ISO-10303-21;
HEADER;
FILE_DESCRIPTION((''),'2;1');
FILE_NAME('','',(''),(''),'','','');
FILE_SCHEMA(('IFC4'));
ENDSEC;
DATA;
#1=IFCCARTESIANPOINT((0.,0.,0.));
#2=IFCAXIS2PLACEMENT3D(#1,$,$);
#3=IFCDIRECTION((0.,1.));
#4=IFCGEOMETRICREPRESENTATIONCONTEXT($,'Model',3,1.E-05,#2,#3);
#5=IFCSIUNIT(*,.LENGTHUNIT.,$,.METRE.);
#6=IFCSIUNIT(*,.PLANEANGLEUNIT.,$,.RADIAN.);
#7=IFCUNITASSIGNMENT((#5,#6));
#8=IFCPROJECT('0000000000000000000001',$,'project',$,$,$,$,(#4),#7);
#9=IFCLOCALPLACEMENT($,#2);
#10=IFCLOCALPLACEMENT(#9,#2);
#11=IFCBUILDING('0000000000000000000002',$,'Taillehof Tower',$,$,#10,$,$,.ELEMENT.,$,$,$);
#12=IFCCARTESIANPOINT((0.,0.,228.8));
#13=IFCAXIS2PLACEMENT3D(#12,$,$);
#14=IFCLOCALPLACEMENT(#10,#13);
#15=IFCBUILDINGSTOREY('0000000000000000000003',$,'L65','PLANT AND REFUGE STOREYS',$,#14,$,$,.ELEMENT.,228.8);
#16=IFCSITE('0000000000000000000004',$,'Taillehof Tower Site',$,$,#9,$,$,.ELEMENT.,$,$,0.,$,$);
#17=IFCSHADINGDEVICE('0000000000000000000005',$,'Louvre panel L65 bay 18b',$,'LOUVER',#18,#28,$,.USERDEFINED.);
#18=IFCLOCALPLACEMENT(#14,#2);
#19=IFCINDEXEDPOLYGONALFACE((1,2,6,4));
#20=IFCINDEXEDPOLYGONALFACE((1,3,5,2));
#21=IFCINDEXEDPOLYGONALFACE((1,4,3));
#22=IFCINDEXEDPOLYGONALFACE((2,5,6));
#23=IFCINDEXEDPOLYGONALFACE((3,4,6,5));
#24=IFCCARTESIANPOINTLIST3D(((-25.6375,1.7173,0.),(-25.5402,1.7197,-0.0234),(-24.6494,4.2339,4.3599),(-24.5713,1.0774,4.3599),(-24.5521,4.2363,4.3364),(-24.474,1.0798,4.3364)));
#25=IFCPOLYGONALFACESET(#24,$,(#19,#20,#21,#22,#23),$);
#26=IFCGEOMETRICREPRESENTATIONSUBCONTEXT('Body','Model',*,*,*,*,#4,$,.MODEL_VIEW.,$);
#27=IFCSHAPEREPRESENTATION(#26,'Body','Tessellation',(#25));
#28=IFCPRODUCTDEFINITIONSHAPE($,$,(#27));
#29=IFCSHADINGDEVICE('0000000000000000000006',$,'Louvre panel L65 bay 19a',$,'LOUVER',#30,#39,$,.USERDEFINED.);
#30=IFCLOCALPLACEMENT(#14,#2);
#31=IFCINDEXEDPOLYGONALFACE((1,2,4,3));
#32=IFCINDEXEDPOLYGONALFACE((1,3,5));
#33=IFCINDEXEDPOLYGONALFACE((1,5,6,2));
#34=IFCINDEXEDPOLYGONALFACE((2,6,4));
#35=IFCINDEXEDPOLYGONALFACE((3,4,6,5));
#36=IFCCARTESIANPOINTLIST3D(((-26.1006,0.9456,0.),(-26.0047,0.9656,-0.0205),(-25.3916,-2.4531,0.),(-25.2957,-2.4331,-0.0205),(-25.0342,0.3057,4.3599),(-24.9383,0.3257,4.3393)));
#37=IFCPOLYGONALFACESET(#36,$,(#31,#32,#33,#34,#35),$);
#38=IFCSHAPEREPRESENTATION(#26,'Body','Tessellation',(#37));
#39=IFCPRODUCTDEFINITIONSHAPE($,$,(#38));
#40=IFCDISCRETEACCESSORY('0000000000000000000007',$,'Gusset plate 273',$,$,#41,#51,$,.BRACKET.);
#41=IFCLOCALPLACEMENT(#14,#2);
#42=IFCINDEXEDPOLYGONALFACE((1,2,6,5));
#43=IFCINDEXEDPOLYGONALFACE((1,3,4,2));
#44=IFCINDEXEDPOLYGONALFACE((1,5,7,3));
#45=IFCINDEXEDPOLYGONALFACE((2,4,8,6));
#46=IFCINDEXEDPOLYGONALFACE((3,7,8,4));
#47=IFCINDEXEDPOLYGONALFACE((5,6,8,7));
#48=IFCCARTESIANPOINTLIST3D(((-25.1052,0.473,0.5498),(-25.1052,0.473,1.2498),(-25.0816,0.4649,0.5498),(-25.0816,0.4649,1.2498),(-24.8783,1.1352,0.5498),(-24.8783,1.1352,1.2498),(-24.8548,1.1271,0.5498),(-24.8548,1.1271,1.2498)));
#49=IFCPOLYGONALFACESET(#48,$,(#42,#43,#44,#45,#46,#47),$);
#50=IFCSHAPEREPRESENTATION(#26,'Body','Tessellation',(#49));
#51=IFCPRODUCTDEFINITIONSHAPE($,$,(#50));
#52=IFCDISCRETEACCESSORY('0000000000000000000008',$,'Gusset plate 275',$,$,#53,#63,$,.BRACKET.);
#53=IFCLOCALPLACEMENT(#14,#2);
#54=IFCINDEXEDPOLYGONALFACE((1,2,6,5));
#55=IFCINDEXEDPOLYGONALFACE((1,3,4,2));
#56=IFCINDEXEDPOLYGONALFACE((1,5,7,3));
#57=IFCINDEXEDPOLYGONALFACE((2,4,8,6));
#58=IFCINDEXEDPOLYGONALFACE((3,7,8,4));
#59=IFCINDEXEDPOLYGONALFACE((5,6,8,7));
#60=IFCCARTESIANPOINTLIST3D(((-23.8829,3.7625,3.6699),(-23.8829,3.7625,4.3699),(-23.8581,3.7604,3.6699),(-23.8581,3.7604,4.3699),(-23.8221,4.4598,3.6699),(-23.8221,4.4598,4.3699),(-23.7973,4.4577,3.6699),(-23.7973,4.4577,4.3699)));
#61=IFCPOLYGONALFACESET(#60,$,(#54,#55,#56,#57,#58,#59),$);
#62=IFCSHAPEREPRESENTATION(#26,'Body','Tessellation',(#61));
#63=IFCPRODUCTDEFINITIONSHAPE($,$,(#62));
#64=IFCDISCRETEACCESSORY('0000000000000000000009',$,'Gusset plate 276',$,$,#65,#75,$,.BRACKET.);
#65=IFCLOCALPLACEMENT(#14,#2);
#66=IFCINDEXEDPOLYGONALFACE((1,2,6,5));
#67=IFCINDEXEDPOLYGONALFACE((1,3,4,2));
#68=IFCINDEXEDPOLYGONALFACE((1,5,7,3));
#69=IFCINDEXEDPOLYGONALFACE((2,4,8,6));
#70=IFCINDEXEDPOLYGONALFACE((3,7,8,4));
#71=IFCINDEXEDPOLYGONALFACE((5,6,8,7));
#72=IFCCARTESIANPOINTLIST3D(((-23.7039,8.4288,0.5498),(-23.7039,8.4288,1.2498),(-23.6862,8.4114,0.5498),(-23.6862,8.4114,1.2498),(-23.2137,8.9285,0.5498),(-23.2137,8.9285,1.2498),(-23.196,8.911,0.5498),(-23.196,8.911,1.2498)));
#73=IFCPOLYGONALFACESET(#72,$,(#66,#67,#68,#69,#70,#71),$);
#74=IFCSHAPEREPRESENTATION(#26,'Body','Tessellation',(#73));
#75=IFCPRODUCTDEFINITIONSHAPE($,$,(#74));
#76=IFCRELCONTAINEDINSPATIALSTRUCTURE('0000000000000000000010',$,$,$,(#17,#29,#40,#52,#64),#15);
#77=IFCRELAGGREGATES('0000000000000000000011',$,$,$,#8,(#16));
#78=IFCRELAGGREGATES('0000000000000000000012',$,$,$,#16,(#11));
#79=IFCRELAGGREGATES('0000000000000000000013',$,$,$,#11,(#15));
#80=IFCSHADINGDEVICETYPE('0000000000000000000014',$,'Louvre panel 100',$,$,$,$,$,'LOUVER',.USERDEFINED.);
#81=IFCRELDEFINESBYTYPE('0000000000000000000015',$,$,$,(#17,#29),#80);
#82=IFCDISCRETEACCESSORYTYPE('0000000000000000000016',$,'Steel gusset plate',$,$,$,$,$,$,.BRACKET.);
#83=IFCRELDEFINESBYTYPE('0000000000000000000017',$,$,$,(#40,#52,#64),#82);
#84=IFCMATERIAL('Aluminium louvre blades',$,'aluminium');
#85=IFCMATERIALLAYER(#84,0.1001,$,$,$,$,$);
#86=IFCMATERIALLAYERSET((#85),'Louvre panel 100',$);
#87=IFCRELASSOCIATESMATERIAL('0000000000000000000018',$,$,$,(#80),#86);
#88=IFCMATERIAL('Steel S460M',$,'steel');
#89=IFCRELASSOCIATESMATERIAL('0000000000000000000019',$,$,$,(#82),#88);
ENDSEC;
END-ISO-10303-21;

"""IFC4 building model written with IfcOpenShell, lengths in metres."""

from ifc_helpers import new_model, si_unit, direction, frame, origin, origin_2d, place, context, subcontext, project, spatial, polyline, rectangle, outline, extrude, material, layer, layer_set, type_object, element, save


model = new_model("IFC4")

# Units and contexts
model_context = context("Model", 3, precision=1e-05, world=origin(), true_north=direction((0.0, 1.0)))
body_context = subcontext(model_context, "Body", "Model", "MODEL_VIEW")
ifc_project = project(units=[si_unit("LENGTHUNIT", "METRE"), si_unit("PLANEANGLEUNIT", "RADIAN")], contexts=[model_context])

# Site, building, storey
site_placement = place(None, origin())
site = spatial("IfcSite", under=ifc_project, at=site_placement, Name="Taillehof Tower Site", CompositionType="ELEMENT", RefElevation=0.0)
building_placement = place(site_placement, origin())
building = spatial("IfcBuilding", under=site, at=building_placement, Name="Taillehof Tower", CompositionType="ELEMENT")
storey_placement = place(building_placement, frame((0.0, 0.0, 228.8)))
storey = spatial("IfcBuildingStorey", under=building, at=storey_placement, Name="L65", Description="PLANT AND REFUGE STOREYS", CompositionType="ELEMENT", Elevation=228.8)

# Shading devices
ifc_material_1 = material(Name="Aluminium louvre blades", Category="aluminium")
ifc_layer_1 = layer(ifc_material_1, 0.1001)
ifc_layer_set_1 = layer_set([ifc_layer_1], Name="Louvre panel 100")
shading_device_type = type_object("IfcShadingDeviceType", Name="Louvre panel 100", ElementType="LOUVER", PredefinedType="USERDEFINED", material=ifc_layer_set_1)
shading_device_1_placement = place(storey_placement, frame((-25.6375, 1.7173, 0.0), z_axis=(-0.971905, -0.024055, 0.234139), x_axis=(0.235163, -0.141141, 0.961654)))
element("IfcShadingDevice", 1, at=shading_device_1_placement, inside=storey, type_object=shading_device_type, Name="Louvre panel L65 bay 18b", ObjectType="LOUVER", PredefinedType="USERDEFINED", context=body_context, shape_type="SweptSolid", body=[
    extrude(outline(polyline([(0.0, 0.0), (4.5337, 0.0), (4.0698, 3.1232), (0.0, 0.0)])), origin(), (0.0, 0.0, -1.0), 0.1001),
])
shading_device_2_placement = place(storey_placement, frame((-26.1006, 0.9456, 0.0), z_axis=(-0.958132, -0.199872, 0.205021), x_axis=(0.20421, -0.978927, 0.0)))
element("IfcShadingDevice", 2, at=shading_device_2_placement, inside=storey, type_object=shading_device_type, Name="Louvre panel L65 bay 19a", ObjectType="LOUVER", PredefinedType="USERDEFINED", context=body_context, shape_type="SweptSolid", body=[
    extrude(outline(polyline([(0.0, 0.0), (3.4718, 0.0), (0.8442, 4.4545), (0.0, 0.0)])), origin(), (0.0, 0.0, -1.0), 0.1001),
])

# Discrete accessories
ifc_material_2 = material(Name="Steel S460M", Category="steel")
discrete_accessory_type = type_object("IfcDiscreteAccessoryType", Name="Steel gusset plate", PredefinedType="BRACKET", material=ifc_material_2)
for number, where, z_axis, x_axis, name in (
    (3, (-24.98, 0.8, 0.5498), (0.0, 0.0, 1.0), (-0.324066, -0.946034, 0.0), "Gusset plate 273"),
    (4, (-23.8401, 4.1101, 3.6699), (0.0, 0.0, 1.0), (-0.086918, -0.996216, 0.0), "Gusset plate 275"),
    (5, (-23.45, 8.6699, 0.5498), (0.0, 0.0, 1.0), (-0.700324, -0.713825, 0.0), "Gusset plate 276"),
):
    element("IfcDiscreteAccessory", number, at=place(storey_placement, frame(where, z_axis=z_axis, x_axis=x_axis)), inside=storey, type_object=discrete_accessory_type, Name=name, PredefinedType="BRACKET", context=body_context, shape_type="SweptSolid", body=[
        extrude(rectangle(XDim=0.7, YDim=0.0249, at=origin_2d()), origin(), (0.0, 0.0, 1.0), 0.7),
    ])

save(model, "model.ifc")
